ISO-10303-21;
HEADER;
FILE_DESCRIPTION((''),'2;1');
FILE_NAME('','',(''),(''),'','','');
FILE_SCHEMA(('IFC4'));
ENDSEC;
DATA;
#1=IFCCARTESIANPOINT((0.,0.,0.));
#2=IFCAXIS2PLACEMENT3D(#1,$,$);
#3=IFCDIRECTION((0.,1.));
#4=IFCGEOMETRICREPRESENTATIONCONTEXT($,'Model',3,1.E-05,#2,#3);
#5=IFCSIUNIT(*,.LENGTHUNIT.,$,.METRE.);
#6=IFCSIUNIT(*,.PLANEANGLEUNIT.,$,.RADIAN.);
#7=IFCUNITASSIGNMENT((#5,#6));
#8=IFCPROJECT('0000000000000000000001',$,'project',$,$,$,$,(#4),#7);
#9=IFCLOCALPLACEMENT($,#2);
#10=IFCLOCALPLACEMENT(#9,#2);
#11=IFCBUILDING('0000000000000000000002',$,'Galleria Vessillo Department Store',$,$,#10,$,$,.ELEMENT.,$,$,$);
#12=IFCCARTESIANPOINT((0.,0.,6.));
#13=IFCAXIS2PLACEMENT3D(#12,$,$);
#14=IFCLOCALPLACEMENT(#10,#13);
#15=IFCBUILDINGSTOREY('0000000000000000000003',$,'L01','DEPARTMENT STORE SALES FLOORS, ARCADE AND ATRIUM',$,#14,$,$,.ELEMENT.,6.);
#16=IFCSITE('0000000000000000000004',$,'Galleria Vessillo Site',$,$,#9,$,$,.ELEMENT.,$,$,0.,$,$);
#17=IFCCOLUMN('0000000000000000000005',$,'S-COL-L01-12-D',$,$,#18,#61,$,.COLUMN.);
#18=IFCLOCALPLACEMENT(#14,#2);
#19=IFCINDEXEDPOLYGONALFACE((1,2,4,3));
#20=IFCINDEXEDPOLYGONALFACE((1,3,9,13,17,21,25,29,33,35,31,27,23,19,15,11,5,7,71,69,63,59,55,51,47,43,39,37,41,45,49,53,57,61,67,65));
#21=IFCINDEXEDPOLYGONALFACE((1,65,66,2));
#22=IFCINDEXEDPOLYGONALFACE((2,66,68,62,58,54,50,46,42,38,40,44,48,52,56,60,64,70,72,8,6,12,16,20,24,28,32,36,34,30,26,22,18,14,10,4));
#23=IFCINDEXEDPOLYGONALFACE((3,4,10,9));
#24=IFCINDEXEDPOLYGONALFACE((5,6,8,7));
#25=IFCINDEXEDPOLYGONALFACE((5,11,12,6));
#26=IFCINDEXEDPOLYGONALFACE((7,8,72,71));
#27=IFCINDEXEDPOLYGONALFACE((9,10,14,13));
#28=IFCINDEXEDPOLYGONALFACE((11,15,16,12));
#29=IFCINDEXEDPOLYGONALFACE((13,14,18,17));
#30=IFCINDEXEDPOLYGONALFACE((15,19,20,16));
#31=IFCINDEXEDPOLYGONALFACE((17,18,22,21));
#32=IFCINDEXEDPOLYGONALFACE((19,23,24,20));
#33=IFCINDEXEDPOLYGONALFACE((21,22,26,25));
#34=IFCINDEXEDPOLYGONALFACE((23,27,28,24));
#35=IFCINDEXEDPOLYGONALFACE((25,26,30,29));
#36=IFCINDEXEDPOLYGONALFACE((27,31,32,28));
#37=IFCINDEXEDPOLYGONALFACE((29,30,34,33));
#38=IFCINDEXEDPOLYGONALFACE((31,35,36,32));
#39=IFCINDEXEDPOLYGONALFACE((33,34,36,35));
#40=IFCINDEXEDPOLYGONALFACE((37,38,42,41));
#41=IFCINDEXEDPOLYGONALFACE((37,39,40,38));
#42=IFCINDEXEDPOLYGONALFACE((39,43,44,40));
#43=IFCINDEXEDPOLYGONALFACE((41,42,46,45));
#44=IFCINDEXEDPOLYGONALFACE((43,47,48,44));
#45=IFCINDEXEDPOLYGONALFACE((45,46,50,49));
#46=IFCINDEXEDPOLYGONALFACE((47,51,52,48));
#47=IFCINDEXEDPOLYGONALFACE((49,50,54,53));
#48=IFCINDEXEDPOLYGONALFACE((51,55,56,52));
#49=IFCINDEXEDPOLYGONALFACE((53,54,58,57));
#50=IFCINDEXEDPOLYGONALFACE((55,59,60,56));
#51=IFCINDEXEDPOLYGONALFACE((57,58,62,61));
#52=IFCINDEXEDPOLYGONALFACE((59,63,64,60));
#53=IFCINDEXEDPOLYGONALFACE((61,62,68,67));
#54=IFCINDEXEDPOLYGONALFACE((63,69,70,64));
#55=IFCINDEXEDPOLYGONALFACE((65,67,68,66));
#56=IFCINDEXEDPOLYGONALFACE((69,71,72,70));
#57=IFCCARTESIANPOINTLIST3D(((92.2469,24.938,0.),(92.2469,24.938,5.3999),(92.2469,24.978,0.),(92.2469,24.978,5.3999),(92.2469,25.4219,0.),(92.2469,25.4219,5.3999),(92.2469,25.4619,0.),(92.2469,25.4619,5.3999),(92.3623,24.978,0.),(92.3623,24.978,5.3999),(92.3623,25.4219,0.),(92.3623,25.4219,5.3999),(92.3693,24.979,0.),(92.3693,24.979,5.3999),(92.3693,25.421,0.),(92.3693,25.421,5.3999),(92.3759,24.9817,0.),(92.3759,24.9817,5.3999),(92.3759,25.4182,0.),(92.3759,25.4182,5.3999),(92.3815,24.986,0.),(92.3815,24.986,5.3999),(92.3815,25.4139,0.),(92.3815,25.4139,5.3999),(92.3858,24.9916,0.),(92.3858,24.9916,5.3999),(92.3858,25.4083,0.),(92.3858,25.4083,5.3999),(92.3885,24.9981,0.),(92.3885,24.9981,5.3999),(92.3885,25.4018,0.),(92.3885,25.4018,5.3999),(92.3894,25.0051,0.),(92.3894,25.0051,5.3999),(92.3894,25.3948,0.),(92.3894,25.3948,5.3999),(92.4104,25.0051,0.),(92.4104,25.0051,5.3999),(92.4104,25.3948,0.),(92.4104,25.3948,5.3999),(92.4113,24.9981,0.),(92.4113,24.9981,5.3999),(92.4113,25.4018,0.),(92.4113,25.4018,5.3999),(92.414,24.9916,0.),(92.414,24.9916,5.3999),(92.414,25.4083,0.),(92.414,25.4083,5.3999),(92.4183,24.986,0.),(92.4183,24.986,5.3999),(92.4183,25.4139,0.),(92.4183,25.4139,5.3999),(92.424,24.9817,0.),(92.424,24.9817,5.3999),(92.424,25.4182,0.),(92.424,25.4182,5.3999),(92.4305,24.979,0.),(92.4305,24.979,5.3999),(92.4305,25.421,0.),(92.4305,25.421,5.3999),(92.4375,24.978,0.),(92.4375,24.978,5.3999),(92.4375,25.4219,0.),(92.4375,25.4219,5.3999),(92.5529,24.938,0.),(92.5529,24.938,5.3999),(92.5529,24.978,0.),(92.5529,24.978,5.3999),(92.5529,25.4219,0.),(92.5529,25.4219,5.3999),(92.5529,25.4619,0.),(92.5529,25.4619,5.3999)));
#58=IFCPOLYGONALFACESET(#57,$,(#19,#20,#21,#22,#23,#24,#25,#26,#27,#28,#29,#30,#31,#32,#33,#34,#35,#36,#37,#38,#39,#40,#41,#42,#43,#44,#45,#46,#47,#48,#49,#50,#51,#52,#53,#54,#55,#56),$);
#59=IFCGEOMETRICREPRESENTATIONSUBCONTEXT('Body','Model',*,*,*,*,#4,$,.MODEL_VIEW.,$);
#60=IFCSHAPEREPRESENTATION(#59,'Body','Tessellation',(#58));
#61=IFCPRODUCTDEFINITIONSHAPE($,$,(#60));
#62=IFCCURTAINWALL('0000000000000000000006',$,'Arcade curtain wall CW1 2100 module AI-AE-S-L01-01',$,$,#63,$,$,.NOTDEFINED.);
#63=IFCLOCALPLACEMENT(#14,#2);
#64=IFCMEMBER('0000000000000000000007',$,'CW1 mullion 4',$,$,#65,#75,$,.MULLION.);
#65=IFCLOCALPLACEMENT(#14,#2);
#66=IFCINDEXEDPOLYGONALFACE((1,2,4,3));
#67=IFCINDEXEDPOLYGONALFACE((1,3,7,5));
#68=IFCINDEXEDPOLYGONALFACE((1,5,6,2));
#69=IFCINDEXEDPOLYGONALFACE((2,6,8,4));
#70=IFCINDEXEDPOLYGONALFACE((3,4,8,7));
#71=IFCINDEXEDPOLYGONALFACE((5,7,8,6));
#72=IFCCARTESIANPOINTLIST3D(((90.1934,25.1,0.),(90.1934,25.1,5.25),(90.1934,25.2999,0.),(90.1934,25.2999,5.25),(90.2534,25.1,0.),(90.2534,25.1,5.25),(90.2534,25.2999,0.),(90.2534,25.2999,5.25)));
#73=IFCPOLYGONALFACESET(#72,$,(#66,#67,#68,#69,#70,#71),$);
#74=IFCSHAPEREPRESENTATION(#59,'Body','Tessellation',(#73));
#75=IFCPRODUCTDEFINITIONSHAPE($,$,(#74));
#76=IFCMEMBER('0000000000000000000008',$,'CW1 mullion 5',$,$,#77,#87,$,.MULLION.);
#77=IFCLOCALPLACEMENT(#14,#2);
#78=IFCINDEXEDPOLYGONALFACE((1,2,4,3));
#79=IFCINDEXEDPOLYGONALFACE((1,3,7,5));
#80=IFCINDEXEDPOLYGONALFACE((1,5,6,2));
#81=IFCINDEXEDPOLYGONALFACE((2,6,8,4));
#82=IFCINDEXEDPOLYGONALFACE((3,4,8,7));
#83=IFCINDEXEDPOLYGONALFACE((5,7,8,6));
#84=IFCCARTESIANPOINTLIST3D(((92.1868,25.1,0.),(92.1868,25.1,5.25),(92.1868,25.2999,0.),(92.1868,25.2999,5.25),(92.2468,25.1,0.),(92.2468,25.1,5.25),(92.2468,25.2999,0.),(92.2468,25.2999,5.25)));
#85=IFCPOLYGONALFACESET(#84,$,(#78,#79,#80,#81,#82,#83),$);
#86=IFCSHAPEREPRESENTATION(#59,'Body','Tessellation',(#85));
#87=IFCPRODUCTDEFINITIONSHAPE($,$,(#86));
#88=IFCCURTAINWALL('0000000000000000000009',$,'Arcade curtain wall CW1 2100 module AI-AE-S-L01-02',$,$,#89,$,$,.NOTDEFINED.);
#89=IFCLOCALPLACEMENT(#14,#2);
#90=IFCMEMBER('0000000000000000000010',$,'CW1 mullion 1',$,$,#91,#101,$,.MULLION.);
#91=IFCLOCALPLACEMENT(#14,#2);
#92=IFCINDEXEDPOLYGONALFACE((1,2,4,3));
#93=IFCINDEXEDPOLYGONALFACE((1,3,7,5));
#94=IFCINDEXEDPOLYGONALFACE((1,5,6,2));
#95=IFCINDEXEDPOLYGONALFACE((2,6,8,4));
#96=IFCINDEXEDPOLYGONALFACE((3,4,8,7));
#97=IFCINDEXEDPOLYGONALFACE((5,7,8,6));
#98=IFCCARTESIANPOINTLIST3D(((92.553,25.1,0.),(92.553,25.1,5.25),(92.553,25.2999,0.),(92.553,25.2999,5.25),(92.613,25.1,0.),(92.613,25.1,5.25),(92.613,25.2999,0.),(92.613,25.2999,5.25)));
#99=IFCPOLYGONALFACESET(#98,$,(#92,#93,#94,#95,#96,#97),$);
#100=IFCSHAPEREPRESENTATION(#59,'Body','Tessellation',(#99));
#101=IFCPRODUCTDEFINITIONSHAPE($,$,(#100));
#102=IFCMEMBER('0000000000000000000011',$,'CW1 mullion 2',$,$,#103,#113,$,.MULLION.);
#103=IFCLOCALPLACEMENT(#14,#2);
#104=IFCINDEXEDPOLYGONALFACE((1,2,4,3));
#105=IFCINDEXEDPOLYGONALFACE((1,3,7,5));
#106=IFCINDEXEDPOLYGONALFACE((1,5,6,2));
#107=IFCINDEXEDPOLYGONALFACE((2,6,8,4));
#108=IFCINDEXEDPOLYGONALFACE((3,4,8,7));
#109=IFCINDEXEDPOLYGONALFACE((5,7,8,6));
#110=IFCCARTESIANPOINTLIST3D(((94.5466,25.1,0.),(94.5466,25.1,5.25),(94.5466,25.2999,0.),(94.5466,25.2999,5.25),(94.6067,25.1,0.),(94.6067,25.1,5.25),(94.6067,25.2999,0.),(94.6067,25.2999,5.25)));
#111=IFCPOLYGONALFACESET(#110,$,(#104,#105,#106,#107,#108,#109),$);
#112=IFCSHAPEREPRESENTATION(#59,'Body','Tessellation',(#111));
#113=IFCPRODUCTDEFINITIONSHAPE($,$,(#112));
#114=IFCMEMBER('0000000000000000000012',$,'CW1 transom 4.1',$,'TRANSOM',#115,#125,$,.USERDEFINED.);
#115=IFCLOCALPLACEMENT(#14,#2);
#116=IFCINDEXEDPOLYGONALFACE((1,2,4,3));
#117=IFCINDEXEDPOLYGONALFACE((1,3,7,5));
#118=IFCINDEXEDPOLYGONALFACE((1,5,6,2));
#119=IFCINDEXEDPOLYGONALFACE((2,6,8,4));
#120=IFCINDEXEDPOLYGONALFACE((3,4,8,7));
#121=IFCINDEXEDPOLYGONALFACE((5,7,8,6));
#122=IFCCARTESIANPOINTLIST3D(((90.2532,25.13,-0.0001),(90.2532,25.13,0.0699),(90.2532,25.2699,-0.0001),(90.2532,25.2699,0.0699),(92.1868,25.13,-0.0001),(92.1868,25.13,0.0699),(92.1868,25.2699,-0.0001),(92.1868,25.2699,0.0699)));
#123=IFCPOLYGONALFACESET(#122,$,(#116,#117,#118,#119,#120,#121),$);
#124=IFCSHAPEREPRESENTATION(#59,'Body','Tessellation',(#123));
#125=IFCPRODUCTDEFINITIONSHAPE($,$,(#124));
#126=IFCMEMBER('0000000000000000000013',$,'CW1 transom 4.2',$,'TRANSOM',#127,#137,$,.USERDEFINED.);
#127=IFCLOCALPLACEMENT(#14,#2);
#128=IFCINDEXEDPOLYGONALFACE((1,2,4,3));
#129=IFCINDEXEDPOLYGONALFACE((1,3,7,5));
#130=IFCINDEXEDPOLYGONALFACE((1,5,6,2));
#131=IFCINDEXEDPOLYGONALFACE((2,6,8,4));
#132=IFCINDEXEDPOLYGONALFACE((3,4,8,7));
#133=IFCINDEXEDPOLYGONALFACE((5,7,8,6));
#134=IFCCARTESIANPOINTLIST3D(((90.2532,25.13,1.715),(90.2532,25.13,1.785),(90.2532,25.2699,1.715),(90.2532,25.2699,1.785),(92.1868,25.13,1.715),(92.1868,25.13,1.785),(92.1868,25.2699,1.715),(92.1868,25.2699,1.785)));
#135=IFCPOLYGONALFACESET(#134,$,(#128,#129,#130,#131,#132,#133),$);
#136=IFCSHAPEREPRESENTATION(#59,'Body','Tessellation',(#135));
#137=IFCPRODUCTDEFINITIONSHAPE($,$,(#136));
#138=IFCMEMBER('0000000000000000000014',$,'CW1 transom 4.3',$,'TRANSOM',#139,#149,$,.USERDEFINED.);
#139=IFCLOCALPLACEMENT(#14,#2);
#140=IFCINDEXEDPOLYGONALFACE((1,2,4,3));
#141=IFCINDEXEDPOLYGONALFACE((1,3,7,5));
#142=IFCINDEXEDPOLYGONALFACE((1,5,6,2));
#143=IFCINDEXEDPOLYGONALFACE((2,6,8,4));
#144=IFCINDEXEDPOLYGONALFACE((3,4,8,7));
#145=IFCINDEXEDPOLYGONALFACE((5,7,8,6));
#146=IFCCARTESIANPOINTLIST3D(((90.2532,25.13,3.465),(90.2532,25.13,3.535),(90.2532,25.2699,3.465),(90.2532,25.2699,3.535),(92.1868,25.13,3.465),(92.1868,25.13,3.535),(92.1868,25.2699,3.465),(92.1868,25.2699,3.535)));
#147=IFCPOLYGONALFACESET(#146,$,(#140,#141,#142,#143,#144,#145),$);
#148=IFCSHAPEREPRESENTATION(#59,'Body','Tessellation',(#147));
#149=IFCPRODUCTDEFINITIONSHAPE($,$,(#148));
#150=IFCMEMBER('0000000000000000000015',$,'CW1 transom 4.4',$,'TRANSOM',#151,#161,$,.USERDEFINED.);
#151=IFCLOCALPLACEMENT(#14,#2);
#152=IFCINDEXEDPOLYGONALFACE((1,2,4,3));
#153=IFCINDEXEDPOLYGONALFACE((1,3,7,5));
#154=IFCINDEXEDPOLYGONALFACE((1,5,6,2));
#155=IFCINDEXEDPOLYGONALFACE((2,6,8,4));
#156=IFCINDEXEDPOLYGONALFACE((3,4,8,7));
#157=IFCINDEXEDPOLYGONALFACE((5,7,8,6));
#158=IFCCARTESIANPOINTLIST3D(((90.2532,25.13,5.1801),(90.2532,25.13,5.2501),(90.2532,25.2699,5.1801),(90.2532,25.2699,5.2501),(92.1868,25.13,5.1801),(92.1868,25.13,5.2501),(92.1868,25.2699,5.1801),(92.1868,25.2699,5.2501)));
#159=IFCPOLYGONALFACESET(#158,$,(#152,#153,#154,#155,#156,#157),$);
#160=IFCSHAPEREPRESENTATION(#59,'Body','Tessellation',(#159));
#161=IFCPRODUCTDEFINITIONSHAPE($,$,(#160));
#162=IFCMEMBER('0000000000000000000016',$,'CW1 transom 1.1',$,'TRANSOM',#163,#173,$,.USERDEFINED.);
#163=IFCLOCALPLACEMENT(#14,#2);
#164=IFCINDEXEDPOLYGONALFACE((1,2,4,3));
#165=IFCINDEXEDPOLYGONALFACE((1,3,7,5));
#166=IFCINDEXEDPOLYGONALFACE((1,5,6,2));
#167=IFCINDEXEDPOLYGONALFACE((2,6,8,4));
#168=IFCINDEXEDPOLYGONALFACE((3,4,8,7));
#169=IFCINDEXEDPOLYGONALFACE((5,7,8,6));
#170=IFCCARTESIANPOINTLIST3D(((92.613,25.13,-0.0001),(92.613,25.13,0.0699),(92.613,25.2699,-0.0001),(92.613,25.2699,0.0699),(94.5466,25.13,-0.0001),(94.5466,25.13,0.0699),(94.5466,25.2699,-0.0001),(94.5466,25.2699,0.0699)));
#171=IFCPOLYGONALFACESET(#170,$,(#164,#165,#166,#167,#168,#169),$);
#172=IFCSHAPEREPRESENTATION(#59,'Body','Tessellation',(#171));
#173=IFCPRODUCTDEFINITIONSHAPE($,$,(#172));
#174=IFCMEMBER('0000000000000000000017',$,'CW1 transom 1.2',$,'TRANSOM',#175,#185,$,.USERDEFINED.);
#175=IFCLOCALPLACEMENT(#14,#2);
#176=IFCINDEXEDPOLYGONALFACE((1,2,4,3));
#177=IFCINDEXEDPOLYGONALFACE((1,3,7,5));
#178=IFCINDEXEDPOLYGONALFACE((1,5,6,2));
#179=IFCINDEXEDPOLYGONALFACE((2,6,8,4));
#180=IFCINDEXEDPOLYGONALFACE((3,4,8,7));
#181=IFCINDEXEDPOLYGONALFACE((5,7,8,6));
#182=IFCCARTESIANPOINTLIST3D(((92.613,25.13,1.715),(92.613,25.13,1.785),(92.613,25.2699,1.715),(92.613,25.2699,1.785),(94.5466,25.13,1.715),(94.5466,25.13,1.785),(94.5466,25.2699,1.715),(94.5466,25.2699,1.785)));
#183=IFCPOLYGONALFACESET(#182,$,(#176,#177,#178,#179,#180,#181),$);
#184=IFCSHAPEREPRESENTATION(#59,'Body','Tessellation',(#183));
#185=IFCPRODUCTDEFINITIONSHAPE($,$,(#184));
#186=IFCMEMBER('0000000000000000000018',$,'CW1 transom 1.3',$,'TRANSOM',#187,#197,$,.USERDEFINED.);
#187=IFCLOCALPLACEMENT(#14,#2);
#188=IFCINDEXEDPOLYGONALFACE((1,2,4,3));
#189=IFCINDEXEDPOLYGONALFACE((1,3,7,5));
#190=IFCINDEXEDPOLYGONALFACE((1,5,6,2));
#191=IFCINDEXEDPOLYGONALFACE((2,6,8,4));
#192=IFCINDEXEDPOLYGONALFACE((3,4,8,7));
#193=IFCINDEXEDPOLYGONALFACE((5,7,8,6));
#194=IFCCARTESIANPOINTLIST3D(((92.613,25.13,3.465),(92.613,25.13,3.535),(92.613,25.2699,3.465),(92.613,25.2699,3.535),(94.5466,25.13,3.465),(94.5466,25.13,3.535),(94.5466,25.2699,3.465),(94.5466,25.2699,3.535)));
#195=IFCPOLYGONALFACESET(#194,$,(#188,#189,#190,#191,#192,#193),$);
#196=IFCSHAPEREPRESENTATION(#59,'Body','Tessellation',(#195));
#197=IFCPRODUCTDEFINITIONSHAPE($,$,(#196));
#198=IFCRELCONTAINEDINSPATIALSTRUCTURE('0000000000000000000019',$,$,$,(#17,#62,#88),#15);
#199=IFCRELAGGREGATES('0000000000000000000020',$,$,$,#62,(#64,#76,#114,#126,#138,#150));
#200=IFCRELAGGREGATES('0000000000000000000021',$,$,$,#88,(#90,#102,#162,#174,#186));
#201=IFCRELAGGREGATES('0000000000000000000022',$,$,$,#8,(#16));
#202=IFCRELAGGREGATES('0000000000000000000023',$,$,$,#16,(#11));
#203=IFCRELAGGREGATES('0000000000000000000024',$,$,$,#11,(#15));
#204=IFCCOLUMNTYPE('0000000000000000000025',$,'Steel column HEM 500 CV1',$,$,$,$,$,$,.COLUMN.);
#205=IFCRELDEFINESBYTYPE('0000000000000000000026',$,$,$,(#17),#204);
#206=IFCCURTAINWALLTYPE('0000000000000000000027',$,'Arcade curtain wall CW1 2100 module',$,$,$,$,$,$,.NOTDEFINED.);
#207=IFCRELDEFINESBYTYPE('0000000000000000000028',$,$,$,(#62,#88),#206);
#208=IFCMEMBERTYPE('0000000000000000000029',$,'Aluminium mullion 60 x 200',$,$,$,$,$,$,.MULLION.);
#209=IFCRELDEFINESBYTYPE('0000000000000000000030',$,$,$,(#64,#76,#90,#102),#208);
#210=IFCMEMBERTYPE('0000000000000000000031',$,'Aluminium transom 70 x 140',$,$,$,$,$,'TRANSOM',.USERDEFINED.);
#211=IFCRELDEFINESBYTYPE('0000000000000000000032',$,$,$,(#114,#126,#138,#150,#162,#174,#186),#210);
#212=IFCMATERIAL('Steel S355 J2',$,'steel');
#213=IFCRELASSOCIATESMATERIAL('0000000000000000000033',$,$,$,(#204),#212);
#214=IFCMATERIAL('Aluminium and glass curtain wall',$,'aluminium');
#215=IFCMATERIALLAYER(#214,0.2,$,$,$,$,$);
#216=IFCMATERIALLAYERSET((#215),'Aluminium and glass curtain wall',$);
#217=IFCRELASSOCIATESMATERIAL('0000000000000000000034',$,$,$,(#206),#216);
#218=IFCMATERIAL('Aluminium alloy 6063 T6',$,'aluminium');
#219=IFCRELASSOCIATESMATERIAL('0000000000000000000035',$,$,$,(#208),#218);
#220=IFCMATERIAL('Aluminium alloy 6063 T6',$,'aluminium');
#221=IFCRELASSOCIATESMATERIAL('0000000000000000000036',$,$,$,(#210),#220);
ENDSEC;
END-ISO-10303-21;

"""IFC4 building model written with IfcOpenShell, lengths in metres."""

from ifc_helpers import new_model, si_unit, direction, frame, origin, origin_2d, place, context, subcontext, project, spatial, rectangle, i_section, extrude, material, layer, layer_set, material_profile, profile_set, type_object, element, aggregate, save


model = new_model("IFC4")

# Units and contexts
model_context = context("Model", 3, precision=1e-05, world=origin(), true_north=direction((0.0, 1.0)))
body_context = subcontext(model_context, "Body", "Model", "MODEL_VIEW")
ifc_project = project(units=[si_unit("LENGTHUNIT", "METRE"), si_unit("PLANEANGLEUNIT", "RADIAN")], contexts=[model_context])

# Site, building, storey
site_placement = place(None, origin())
site = spatial("IfcSite", under=ifc_project, at=site_placement, Name="Galleria Vessillo Site", CompositionType="ELEMENT", RefElevation=0.0)
building_placement = place(site_placement, origin())
building = spatial("IfcBuilding", under=site, at=building_placement, Name="Galleria Vessillo Department Store", CompositionType="ELEMENT")
storey_placement = place(building_placement, frame((0.0, 0.0, 6.0)))
storey = spatial("IfcBuildingStorey", under=building, at=storey_placement, Name="L01", Description="DEPARTMENT STORE SALES FLOORS, ARCADE AND ATRIUM", CompositionType="ELEMENT", Elevation=6.0)

# Column
ifc_material_1 = material(Name="Steel S355 J2", Category="steel")
ifc_material_profile_1 = material_profile(ifc_material_1, i_section(OverallWidth=0.3059, OverallDepth=0.5239, WebThickness=0.021, FlangeThickness=0.04, FilletRadius=0.0271, at=origin_2d()), Name="HEM 500")
ifc_profile_set_1 = profile_set([ifc_material_profile_1], Name="Steel S355 J2")
column_type = type_object("IfcColumnType", Name="Steel column HEM 500 CV1", PredefinedType="COLUMN", material=ifc_profile_set_1)
column_placement = place(storey_placement, frame((92.3999, 25.2, 0.0), z_axis=(0.0, 0.0, 1.0), x_axis=(1.0, 0.0, 0.0)))
element("IfcColumn", 1, at=column_placement, inside=storey, type_object=column_type, Name="S-COL-L01-12-D", PredefinedType="COLUMN", context=body_context, shape_type="SweptSolid", body=[
    extrude(i_section(OverallWidth=0.3059, OverallDepth=0.5239, WebThickness=0.021, FlangeThickness=0.04, FilletRadius=0.0271, at=origin_2d()), origin(), (0.0, 0.0, 1.0), 5.3999),
])

# Curtain walls, members
ifc_material_2 = material(Name="Aluminium and glass curtain wall", Category="aluminium")
ifc_layer_1 = layer(ifc_material_2, 0.2)
ifc_layer_set_1 = layer_set([ifc_layer_1], Name="Aluminium and glass curtain wall")
curtain_wall_type = type_object("IfcCurtainWallType", Name="Arcade curtain wall CW1 2100 module", PredefinedType="NOTDEFINED", material=ifc_layer_set_1)
curtain_wall_1_placement = place(storey_placement, origin())
curtain_wall_1 = element("IfcCurtainWall", 2, at=curtain_wall_1_placement, inside=storey, type_object=curtain_wall_type, Name="Arcade curtain wall CW1 2100 module AI-AE-S-L01-01", PredefinedType="NOTDEFINED")
ifc_material_3 = material(Name="Aluminium alloy 6063 T6", Category="aluminium")
ifc_material_profile_2 = material_profile(ifc_material_3, rectangle(XDim=0.2, YDim=0.0601, at=origin_2d()), Name="AL 60x200")
ifc_profile_set_2 = profile_set([ifc_material_profile_2], Name="Aluminium alloy 6063 T6")
member_type_1 = type_object("IfcMemberType", Name="Aluminium mullion 60 x 200", PredefinedType="MULLION", material=ifc_profile_set_2)
member_1_placement = place(storey_placement, frame((90.2234, 25.2, 0.0), z_axis=(0.0, 0.0, 1.0), x_axis=(0.0, 1.0, 0.0)))
member_1 = element("IfcMember", 3, at=member_1_placement, type_object=member_type_1, Name="CW1 mullion 4", PredefinedType="MULLION", context=body_context, shape_type="SweptSolid", body=[
    extrude(rectangle(XDim=0.2, YDim=0.0601, at=origin_2d()), origin(), (0.0, 0.0, 1.0), 5.25),
])
member_2_placement = place(storey_placement, frame((92.2168, 25.2, 0.0), z_axis=(0.0, 0.0, 1.0), x_axis=(0.0, 1.0, 0.0)))
member_2 = element("IfcMember", 4, at=member_2_placement, type_object=member_type_1, Name="CW1 mullion 5", PredefinedType="MULLION", context=body_context, shape_type="SweptSolid", body=[
    extrude(rectangle(XDim=0.2, YDim=0.0601, at=origin_2d()), origin(), (0.0, 0.0, 1.0), 5.25),
])
curtain_wall_2_placement = place(storey_placement, origin())
curtain_wall_2 = element("IfcCurtainWall", 5, at=curtain_wall_2_placement, inside=storey, type_object=curtain_wall_type, Name="Arcade curtain wall CW1 2100 module AI-AE-S-L01-02", PredefinedType="NOTDEFINED")
member_3_placement = place(storey_placement, frame((92.583, 25.2, 0.0), z_axis=(0.0, 0.0, 1.0), x_axis=(0.0, 1.0, 0.0)))
member_3 = element("IfcMember", 6, at=member_3_placement, type_object=member_type_1, Name="CW1 mullion 1", PredefinedType="MULLION", context=body_context, shape_type="SweptSolid", body=[
    extrude(rectangle(XDim=0.2, YDim=0.0601, at=origin_2d()), origin(), (0.0, 0.0, 1.0), 5.25),
])
member_4_placement = place(storey_placement, frame((94.5767, 25.2, 0.0), z_axis=(0.0, 0.0, 1.0), x_axis=(0.0, 1.0, 0.0)))
member_4 = element("IfcMember", 7, at=member_4_placement, type_object=member_type_1, Name="CW1 mullion 2", PredefinedType="MULLION", context=body_context, shape_type="SweptSolid", body=[
    extrude(rectangle(XDim=0.2, YDim=0.0601, at=origin_2d()), origin(), (0.0, 0.0, 1.0), 5.25),
])

# Members
ifc_material_4 = material(Name="Aluminium alloy 6063 T6", Category="aluminium")
ifc_material_profile_3 = material_profile(ifc_material_4, rectangle(XDim=0.1399, YDim=0.0701, at=origin_2d()), Name="AL 70x140")
ifc_profile_set_3 = profile_set([ifc_material_profile_3], Name="Aluminium alloy 6063 T6")
member_type_2 = type_object("IfcMemberType", Name="Aluminium transom 70 x 140", ElementType="TRANSOM", PredefinedType="USERDEFINED", material=ifc_profile_set_3)
member_5_placement = place(storey_placement, frame((90.2532, 25.2, 0.0349), z_axis=(1.0, 0.0, 0.0), x_axis=(0.0, 1.0, 0.0)))
member_5 = element("IfcMember", 8, at=member_5_placement, type_object=member_type_2, Name="CW1 transom 4.1", ObjectType="TRANSOM", PredefinedType="USERDEFINED", context=body_context, shape_type="SweptSolid", body=[
    extrude(rectangle(XDim=0.1399, YDim=0.0701, at=origin_2d()), origin(), (0.0, 0.0, 1.0), 1.9336),
])
member_6_placement = place(storey_placement, frame((90.2532, 25.2, 1.75), z_axis=(1.0, 0.0, 0.0), x_axis=(0.0, 1.0, 0.0)))
member_6 = element("IfcMember", 9, at=member_6_placement, type_object=member_type_2, Name="CW1 transom 4.2", ObjectType="TRANSOM", PredefinedType="USERDEFINED", context=body_context, shape_type="SweptSolid", body=[
    extrude(rectangle(XDim=0.1399, YDim=0.0701, at=origin_2d()), origin(), (0.0, 0.0, 1.0), 1.9336),
])
member_7_placement = place(storey_placement, frame((90.2532, 25.2, 3.5), z_axis=(1.0, 0.0, 0.0), x_axis=(0.0, 1.0, 0.0)))
member_7 = element("IfcMember", 10, at=member_7_placement, type_object=member_type_2, Name="CW1 transom 4.3", ObjectType="TRANSOM", PredefinedType="USERDEFINED", context=body_context, shape_type="SweptSolid", body=[
    extrude(rectangle(XDim=0.1399, YDim=0.0701, at=origin_2d()), origin(), (0.0, 0.0, 1.0), 1.9336),
])
member_8_placement = place(storey_placement, frame((90.2532, 25.2, 5.2151), z_axis=(1.0, 0.0, 0.0), x_axis=(0.0, 1.0, 0.0)))
member_8 = element("IfcMember", 11, at=member_8_placement, type_object=member_type_2, Name="CW1 transom 4.4", ObjectType="TRANSOM", PredefinedType="USERDEFINED", context=body_context, shape_type="SweptSolid", body=[
    extrude(rectangle(XDim=0.1399, YDim=0.0701, at=origin_2d()), origin(), (0.0, 0.0, 1.0), 1.9336),
])
member_9_placement = place(storey_placement, frame((92.613, 25.2, 0.0349), z_axis=(1.0, 0.0, 0.0), x_axis=(0.0, 1.0, 0.0)))
member_9 = element("IfcMember", 12, at=member_9_placement, type_object=member_type_2, Name="CW1 transom 1.1", ObjectType="TRANSOM", PredefinedType="USERDEFINED", context=body_context, shape_type="SweptSolid", body=[
    extrude(rectangle(XDim=0.1399, YDim=0.0701, at=origin_2d()), origin(), (0.0, 0.0, 1.0), 1.9336),
])
member_10_placement = place(storey_placement, frame((92.613, 25.2, 1.75), z_axis=(1.0, 0.0, 0.0), x_axis=(0.0, 1.0, 0.0)))
member_10 = element("IfcMember", 13, at=member_10_placement, type_object=member_type_2, Name="CW1 transom 1.2", ObjectType="TRANSOM", PredefinedType="USERDEFINED", context=body_context, shape_type="SweptSolid", body=[
    extrude(rectangle(XDim=0.1399, YDim=0.0701, at=origin_2d()), origin(), (0.0, 0.0, 1.0), 1.9336),
])
member_11_placement = place(storey_placement, frame((92.613, 25.2, 3.5), z_axis=(1.0, 0.0, 0.0), x_axis=(0.0, 1.0, 0.0)))
member_11 = element("IfcMember", 14, at=member_11_placement, type_object=member_type_2, Name="CW1 transom 1.3", ObjectType="TRANSOM", PredefinedType="USERDEFINED", context=body_context, shape_type="SweptSolid", body=[
    extrude(rectangle(XDim=0.1399, YDim=0.0701, at=origin_2d()), origin(), (0.0, 0.0, 1.0), 1.9336),
])

aggregate(curtain_wall_1, [member_1, member_2, member_5, member_6, member_7, member_8])
aggregate(curtain_wall_2, [member_3, member_4, member_9, member_10, member_11])

save(model, "model.ifc")
